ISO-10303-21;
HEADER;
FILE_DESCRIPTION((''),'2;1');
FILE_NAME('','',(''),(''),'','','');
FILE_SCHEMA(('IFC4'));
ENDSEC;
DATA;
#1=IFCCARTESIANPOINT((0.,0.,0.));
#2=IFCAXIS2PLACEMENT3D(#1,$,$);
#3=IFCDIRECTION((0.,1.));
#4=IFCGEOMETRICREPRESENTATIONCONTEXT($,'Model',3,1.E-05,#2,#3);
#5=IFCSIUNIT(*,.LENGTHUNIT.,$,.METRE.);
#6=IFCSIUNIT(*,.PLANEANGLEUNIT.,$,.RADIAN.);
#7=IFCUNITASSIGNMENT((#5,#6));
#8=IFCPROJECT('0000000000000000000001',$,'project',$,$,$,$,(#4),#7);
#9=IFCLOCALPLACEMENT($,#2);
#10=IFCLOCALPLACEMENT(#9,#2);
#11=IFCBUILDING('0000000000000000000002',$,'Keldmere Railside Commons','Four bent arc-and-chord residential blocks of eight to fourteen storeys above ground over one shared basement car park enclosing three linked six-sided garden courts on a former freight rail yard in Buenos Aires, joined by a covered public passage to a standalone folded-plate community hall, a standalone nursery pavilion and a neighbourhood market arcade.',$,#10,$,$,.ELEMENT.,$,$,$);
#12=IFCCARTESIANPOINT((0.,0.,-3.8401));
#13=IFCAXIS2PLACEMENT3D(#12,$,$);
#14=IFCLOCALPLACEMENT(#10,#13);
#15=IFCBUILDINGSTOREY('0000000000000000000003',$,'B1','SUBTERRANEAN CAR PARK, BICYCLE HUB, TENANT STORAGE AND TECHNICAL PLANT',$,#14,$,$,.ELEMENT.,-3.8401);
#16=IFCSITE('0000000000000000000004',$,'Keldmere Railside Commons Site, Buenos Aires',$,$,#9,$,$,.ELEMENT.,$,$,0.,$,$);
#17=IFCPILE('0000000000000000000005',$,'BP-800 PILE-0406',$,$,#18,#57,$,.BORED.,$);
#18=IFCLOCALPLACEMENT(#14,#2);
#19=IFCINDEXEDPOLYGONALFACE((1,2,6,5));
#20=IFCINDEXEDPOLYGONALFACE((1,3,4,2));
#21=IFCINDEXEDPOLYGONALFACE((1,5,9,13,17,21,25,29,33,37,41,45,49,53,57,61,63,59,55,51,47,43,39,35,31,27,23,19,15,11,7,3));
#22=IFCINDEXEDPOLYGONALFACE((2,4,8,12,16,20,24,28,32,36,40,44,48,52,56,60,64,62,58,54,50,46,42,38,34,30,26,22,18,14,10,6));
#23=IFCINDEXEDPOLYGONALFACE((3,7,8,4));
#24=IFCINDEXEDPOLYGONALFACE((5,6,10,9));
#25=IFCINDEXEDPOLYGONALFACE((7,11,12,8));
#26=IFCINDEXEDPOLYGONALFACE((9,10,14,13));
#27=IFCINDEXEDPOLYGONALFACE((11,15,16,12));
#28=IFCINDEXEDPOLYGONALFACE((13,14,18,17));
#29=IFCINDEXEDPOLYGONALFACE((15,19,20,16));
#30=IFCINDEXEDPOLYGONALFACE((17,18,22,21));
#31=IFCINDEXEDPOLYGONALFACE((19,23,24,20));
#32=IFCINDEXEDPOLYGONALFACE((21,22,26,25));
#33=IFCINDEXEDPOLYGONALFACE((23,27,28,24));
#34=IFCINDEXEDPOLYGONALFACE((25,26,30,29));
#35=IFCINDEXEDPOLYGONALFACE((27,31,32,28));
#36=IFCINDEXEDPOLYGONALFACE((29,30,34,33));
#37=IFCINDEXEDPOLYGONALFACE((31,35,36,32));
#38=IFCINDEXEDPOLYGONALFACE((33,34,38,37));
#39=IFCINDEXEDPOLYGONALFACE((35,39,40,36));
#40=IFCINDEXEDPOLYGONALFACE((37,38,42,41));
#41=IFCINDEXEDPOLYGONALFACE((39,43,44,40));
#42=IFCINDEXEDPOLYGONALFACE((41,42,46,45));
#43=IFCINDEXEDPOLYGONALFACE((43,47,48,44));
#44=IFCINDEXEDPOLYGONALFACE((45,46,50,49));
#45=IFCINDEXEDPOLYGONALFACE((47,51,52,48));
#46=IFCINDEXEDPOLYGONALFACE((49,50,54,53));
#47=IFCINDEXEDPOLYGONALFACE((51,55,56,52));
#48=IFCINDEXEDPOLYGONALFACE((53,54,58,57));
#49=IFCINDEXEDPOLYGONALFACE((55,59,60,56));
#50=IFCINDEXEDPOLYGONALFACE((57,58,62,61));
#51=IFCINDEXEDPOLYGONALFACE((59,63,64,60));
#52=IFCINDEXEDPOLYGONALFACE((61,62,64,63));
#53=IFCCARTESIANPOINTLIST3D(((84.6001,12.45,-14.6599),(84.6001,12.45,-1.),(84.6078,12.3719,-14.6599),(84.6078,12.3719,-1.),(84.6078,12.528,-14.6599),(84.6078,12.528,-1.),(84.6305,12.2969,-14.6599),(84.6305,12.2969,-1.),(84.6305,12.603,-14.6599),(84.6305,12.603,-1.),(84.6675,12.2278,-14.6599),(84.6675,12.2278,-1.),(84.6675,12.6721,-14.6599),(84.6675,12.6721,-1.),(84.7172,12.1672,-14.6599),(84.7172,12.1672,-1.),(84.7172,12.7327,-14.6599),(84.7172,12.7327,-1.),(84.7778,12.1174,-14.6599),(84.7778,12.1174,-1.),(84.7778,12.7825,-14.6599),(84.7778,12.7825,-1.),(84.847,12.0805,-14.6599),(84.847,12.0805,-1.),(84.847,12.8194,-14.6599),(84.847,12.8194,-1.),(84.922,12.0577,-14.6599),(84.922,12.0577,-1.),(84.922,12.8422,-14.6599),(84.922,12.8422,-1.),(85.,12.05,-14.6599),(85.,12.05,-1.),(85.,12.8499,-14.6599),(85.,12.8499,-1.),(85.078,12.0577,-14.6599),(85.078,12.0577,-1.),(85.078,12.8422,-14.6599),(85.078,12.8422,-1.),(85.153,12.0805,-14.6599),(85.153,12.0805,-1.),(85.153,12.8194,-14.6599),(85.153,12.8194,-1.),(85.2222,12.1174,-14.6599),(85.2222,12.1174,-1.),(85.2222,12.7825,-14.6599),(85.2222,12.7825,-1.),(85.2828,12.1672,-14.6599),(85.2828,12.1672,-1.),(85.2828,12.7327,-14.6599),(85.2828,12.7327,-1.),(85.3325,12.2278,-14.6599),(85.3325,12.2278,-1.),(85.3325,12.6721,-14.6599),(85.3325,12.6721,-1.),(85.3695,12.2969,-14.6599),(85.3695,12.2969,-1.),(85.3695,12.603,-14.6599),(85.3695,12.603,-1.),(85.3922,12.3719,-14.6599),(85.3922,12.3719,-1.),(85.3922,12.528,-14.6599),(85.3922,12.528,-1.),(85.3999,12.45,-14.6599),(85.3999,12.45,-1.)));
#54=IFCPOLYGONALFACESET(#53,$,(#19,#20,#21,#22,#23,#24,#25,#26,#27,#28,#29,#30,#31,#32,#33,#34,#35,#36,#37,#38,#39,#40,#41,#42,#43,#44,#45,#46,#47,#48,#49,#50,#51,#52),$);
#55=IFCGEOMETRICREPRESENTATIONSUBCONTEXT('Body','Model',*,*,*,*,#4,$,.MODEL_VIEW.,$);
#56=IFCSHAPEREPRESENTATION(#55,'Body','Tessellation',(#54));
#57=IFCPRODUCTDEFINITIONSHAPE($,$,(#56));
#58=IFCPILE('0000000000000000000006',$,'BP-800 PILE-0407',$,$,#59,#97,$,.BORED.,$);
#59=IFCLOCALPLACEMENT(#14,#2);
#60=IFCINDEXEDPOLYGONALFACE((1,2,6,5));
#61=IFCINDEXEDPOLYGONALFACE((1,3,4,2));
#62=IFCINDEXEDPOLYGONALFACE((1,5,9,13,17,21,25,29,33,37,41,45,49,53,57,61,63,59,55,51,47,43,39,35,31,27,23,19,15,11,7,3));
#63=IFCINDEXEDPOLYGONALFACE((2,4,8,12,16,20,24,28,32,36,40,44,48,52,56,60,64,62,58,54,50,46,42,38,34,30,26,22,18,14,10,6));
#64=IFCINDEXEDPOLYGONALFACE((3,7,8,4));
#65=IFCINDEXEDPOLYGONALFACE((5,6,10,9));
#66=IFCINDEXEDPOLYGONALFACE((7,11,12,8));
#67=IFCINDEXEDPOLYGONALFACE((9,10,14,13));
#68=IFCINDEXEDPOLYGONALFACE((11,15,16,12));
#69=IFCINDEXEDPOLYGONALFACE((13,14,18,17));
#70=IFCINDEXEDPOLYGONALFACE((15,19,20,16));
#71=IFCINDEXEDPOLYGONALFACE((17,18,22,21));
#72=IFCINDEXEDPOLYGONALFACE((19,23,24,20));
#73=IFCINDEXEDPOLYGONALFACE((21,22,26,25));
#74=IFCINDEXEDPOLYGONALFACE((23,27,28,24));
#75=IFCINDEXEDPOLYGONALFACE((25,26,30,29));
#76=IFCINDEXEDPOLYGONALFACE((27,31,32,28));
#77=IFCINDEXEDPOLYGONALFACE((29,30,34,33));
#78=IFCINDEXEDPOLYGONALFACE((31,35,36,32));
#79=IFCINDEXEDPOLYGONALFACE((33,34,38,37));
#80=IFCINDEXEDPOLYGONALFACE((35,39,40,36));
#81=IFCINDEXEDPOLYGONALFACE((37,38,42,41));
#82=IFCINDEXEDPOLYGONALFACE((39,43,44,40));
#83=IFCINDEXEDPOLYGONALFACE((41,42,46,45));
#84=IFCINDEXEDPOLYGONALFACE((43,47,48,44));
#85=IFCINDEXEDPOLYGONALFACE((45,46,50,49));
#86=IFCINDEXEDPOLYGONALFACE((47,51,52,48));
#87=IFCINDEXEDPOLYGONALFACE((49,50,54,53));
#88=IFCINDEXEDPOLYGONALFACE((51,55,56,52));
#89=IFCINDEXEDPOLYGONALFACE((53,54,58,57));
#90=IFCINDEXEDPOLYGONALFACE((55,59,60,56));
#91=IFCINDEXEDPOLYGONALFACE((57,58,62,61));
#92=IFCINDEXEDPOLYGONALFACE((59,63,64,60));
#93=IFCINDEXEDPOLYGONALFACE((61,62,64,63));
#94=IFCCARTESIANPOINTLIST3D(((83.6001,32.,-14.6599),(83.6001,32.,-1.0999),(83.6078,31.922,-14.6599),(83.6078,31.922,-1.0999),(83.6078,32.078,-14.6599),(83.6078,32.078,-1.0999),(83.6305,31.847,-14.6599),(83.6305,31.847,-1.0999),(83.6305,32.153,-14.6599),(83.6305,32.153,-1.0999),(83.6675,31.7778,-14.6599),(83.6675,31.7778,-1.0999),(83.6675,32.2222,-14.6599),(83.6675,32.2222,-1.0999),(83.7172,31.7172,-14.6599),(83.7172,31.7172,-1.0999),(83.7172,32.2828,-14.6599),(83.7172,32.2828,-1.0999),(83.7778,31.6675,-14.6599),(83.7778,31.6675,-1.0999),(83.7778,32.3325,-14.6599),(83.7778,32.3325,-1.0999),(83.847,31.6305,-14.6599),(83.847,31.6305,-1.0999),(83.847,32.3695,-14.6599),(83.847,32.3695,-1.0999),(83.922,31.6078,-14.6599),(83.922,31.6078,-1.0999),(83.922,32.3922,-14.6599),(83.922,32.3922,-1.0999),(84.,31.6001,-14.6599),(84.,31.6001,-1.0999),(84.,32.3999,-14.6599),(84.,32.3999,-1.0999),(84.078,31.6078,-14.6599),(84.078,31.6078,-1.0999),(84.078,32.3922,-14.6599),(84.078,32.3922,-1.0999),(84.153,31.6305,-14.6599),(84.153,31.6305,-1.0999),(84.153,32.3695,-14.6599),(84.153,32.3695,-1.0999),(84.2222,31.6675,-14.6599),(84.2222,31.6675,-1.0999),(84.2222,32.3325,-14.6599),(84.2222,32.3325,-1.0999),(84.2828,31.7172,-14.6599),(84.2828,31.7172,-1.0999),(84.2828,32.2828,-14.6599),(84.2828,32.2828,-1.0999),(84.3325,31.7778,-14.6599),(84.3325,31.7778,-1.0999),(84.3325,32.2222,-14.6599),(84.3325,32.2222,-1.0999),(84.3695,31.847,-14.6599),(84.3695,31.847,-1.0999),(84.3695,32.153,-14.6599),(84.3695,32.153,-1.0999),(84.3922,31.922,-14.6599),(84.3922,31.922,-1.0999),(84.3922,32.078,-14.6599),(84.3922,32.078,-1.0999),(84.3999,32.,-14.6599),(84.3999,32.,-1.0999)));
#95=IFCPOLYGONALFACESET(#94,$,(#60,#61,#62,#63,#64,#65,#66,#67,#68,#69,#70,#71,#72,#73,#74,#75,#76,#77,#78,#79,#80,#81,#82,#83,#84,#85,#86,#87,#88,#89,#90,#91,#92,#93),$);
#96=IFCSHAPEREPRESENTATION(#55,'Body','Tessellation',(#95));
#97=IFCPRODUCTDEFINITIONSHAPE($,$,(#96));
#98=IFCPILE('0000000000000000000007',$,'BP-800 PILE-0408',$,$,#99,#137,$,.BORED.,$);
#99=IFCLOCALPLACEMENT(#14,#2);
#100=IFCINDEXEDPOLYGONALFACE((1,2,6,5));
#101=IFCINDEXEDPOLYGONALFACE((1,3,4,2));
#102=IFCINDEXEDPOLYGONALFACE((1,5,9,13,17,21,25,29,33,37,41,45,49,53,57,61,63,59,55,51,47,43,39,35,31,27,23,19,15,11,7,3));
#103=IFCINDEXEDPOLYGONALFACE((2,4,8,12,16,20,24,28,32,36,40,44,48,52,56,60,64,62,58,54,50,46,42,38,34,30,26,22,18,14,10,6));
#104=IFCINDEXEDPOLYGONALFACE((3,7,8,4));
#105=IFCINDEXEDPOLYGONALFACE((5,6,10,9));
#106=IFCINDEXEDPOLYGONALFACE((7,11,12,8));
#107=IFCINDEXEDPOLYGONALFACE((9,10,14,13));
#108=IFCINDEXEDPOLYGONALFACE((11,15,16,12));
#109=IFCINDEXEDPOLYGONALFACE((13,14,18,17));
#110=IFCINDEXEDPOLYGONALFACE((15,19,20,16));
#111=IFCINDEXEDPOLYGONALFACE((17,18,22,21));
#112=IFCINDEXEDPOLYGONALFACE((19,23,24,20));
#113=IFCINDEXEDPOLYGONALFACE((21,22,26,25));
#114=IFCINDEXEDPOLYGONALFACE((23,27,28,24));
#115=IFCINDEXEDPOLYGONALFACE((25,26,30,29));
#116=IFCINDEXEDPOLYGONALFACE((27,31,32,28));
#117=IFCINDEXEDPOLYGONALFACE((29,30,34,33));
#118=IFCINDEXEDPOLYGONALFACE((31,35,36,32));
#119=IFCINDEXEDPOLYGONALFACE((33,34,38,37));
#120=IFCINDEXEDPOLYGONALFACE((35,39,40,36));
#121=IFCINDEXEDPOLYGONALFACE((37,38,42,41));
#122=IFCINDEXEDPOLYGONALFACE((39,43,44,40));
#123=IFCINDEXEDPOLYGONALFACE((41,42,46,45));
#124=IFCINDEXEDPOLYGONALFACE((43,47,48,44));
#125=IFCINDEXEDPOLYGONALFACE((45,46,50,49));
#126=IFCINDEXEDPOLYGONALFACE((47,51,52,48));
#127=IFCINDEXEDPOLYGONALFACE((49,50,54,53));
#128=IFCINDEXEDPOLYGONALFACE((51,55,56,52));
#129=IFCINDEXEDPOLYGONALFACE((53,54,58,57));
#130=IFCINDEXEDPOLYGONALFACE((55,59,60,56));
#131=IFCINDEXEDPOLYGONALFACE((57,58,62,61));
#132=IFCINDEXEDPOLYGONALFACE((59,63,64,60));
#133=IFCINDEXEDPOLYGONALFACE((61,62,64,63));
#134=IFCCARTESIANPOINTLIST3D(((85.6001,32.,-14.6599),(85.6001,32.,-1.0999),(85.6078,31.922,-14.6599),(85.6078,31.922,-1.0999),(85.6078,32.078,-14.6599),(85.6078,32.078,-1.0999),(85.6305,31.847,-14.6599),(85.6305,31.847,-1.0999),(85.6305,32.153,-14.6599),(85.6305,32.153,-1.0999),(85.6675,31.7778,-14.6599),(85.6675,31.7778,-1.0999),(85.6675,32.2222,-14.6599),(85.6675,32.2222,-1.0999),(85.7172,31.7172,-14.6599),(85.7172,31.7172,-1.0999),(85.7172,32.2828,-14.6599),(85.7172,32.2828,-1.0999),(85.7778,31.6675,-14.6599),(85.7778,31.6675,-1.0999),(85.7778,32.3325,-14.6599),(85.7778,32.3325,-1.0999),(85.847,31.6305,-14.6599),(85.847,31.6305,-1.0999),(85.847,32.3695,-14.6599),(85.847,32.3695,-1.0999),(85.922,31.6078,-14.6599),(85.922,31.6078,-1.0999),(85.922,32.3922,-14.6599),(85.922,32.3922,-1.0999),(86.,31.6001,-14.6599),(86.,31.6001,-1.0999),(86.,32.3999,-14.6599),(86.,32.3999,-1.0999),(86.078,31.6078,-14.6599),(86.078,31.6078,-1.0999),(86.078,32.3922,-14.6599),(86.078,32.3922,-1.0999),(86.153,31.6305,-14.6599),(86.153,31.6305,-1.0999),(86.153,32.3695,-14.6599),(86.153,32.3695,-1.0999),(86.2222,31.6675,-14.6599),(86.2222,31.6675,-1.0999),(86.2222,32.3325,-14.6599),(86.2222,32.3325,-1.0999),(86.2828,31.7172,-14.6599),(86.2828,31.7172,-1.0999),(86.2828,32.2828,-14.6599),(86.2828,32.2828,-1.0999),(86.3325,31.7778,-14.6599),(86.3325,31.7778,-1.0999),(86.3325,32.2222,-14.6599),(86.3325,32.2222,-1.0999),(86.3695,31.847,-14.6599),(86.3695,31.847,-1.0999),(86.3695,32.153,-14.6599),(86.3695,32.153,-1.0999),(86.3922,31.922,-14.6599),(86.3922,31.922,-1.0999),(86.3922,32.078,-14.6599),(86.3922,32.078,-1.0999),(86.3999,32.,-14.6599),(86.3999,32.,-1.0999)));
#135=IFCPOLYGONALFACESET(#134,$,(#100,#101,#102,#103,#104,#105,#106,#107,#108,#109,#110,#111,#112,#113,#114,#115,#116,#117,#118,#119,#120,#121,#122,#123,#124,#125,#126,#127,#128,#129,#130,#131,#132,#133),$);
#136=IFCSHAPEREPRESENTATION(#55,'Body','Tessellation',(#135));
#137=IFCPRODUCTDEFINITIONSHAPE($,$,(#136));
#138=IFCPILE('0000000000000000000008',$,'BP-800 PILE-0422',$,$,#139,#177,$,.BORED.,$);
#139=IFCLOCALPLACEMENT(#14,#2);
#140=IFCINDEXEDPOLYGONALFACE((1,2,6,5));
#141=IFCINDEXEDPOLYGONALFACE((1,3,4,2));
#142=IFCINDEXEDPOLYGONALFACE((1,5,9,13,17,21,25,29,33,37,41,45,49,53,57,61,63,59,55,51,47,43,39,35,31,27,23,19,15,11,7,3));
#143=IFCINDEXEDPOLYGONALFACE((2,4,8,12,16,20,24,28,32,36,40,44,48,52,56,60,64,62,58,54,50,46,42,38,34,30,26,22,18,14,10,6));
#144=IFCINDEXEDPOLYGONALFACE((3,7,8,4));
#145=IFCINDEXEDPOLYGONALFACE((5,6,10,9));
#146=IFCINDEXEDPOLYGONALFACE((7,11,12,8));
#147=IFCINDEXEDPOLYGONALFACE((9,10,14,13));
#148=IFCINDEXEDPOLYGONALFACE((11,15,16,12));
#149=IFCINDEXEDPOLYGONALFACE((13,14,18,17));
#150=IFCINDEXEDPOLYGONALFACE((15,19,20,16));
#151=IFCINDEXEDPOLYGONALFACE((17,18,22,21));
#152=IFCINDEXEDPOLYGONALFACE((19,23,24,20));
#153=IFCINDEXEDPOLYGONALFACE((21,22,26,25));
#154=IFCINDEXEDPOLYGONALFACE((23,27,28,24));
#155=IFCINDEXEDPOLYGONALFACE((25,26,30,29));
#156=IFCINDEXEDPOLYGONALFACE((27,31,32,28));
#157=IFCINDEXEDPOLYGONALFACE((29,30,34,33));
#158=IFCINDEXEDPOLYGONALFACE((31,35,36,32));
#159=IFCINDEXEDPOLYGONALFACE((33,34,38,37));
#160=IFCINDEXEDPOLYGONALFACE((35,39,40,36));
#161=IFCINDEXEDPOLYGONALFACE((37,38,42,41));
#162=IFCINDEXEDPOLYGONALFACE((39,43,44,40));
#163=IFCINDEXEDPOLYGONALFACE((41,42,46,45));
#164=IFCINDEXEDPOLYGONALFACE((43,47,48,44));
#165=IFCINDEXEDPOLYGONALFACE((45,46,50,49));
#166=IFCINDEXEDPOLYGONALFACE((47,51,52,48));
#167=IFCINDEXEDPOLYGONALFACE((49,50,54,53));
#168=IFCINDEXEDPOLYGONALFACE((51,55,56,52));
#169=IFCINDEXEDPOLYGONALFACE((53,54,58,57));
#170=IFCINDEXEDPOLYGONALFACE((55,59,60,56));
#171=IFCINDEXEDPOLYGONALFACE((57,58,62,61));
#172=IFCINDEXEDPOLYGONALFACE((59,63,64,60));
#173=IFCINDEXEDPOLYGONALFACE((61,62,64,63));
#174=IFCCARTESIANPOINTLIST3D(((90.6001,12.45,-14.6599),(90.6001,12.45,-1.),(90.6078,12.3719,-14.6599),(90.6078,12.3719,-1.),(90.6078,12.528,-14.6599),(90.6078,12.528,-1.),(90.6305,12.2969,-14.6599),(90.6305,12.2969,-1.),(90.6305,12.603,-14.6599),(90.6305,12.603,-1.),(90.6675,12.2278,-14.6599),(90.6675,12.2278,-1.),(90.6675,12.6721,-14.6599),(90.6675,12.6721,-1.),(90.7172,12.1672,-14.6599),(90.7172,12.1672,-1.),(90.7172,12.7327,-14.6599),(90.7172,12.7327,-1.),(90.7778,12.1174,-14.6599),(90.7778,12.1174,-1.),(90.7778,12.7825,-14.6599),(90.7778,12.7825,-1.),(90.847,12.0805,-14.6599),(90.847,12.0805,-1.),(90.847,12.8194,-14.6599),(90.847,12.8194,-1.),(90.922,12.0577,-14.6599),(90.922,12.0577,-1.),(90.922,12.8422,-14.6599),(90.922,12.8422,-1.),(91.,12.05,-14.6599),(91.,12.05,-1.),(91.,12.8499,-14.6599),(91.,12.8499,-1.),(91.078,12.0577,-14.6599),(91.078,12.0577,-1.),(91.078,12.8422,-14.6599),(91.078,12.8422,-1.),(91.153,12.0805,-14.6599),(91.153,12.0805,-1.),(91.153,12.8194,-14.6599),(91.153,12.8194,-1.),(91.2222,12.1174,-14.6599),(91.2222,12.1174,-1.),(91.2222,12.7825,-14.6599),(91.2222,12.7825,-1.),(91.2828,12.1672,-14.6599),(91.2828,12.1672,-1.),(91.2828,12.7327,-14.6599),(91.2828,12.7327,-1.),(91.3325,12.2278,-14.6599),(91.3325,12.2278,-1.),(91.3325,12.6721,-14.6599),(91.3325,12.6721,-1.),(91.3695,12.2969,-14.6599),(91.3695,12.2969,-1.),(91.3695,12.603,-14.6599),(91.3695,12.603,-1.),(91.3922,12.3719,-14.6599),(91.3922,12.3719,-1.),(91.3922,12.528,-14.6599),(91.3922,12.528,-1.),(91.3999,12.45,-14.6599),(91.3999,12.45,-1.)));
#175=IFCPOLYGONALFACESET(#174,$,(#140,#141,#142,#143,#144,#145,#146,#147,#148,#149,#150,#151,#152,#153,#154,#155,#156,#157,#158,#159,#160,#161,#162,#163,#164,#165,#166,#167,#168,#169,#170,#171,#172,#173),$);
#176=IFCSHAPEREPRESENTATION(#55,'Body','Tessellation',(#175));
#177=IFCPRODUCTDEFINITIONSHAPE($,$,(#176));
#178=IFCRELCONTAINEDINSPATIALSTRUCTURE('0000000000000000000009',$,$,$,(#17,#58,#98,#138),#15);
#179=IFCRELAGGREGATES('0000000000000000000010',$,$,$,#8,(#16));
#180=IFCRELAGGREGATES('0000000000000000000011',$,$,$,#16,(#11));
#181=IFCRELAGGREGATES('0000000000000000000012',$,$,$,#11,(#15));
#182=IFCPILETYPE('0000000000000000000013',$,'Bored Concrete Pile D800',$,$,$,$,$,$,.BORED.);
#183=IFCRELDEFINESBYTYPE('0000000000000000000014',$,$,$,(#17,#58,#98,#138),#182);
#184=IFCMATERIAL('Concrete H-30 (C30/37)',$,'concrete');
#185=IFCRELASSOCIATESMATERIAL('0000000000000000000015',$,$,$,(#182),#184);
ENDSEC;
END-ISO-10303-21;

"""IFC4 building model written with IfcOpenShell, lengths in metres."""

from ifc_helpers import new_model, si_unit, direction, frame, origin, origin_2d, place, context, subcontext, project, spatial, circle, extrude, material, material_profile, profile_set, type_object, element, save


model = new_model("IFC4")

# Units and contexts
model_context = context("Model", 3, precision=1e-05, world=origin(), true_north=direction((0.0, 1.0)))
body_context = subcontext(model_context, "Body", "Model", "MODEL_VIEW")
ifc_project = project(units=[si_unit("LENGTHUNIT", "METRE"), si_unit("PLANEANGLEUNIT", "RADIAN")], contexts=[model_context])

# Site, building, storey
site_placement = place(None, origin())
site = spatial("IfcSite", under=ifc_project, at=site_placement, Name="Keldmere Railside Commons Site, Buenos Aires", CompositionType="ELEMENT", RefElevation=0.0)
building_placement = place(site_placement, origin())
building = spatial("IfcBuilding", under=site, at=building_placement, Name="Keldmere Railside Commons", Description="Four bent arc-and-chord residential blocks of eight to fourteen storeys above ground over one shared basement car park enclosing three linked six-sided garden courts on a former freight rail yard in Buenos Aires, joined by a covered public passage to a standalone folded-plate community hall, a standalone nursery pavilion and a neighbourhood market arcade.", CompositionType="ELEMENT")
storey_placement = place(building_placement, frame((0.0, 0.0, -3.8401)))
storey = spatial("IfcBuildingStorey", under=building, at=storey_placement, Name="B1", Description="SUBTERRANEAN CAR PARK, BICYCLE HUB, TENANT STORAGE AND TECHNICAL PLANT", CompositionType="ELEMENT", Elevation=-3.8401)

# Piles
ifc_material_1 = material(Name="Concrete H-30 (C30/37)", Category="concrete")
ifc_material_profile_1 = material_profile(ifc_material_1, circle(Radius=0.3999, at=origin_2d()), Name="PILE-D800")
ifc_profile_set_1 = profile_set([ifc_material_profile_1], Name="Concrete H-30 (C30/37)")
pile_type_1 = type_object("IfcPileType", Name="Bored Concrete Pile D800", PredefinedType="BORED", material=ifc_profile_set_1)
pile_1_placement = place(storey_placement, frame((85.0, 12.45, -1.0), z_axis=(0.0, 0.0, -1.0), x_axis=(1.0, 0.0, 0.0)))
element("IfcPile", 1, at=pile_1_placement, inside=storey, type_object=pile_type_1, Name="BP-800 PILE-0406", PredefinedType="BORED", context=body_context, shape_type="SweptSolid", body=[
    extrude(circle(Radius=0.3999, at=origin_2d()), origin(), (0.0, 0.0, 1.0), 13.6599),
])
for number, where, z_axis, x_axis, name in (
    (2, (84.0, 32.0, -1.0999), (0.0, 0.0, -1.0), (1.0, 0.0, 0.0), "BP-800 PILE-0407"),
    (3, (86.0, 32.0, -1.0999), (0.0, 0.0, -1.0), (1.0, 0.0, 0.0), "BP-800 PILE-0408"),
):
    element("IfcPile", number, at=place(storey_placement, frame(where, z_axis=z_axis, x_axis=x_axis)), inside=storey, type_object=pile_type_1, Name=name, PredefinedType="BORED", context=body_context, shape_type="SweptSolid", body=[
        extrude(circle(Radius=0.3999, at=origin_2d()), origin(), (0.0, 0.0, 1.0), 13.5601),
    ])
pile_2_placement = place(storey_placement, frame((91.0, 12.45, -1.0), z_axis=(0.0, 0.0, -1.0), x_axis=(1.0, 0.0, 0.0)))
element("IfcPile", 4, at=pile_2_placement, inside=storey, type_object=pile_type_1, Name="BP-800 PILE-0422", PredefinedType="BORED", context=body_context, shape_type="SweptSolid", body=[
    extrude(circle(Radius=0.3999, at=origin_2d()), origin(), (0.0, 0.0, 1.0), 13.6599),
])

save(model, "model.ifc")
